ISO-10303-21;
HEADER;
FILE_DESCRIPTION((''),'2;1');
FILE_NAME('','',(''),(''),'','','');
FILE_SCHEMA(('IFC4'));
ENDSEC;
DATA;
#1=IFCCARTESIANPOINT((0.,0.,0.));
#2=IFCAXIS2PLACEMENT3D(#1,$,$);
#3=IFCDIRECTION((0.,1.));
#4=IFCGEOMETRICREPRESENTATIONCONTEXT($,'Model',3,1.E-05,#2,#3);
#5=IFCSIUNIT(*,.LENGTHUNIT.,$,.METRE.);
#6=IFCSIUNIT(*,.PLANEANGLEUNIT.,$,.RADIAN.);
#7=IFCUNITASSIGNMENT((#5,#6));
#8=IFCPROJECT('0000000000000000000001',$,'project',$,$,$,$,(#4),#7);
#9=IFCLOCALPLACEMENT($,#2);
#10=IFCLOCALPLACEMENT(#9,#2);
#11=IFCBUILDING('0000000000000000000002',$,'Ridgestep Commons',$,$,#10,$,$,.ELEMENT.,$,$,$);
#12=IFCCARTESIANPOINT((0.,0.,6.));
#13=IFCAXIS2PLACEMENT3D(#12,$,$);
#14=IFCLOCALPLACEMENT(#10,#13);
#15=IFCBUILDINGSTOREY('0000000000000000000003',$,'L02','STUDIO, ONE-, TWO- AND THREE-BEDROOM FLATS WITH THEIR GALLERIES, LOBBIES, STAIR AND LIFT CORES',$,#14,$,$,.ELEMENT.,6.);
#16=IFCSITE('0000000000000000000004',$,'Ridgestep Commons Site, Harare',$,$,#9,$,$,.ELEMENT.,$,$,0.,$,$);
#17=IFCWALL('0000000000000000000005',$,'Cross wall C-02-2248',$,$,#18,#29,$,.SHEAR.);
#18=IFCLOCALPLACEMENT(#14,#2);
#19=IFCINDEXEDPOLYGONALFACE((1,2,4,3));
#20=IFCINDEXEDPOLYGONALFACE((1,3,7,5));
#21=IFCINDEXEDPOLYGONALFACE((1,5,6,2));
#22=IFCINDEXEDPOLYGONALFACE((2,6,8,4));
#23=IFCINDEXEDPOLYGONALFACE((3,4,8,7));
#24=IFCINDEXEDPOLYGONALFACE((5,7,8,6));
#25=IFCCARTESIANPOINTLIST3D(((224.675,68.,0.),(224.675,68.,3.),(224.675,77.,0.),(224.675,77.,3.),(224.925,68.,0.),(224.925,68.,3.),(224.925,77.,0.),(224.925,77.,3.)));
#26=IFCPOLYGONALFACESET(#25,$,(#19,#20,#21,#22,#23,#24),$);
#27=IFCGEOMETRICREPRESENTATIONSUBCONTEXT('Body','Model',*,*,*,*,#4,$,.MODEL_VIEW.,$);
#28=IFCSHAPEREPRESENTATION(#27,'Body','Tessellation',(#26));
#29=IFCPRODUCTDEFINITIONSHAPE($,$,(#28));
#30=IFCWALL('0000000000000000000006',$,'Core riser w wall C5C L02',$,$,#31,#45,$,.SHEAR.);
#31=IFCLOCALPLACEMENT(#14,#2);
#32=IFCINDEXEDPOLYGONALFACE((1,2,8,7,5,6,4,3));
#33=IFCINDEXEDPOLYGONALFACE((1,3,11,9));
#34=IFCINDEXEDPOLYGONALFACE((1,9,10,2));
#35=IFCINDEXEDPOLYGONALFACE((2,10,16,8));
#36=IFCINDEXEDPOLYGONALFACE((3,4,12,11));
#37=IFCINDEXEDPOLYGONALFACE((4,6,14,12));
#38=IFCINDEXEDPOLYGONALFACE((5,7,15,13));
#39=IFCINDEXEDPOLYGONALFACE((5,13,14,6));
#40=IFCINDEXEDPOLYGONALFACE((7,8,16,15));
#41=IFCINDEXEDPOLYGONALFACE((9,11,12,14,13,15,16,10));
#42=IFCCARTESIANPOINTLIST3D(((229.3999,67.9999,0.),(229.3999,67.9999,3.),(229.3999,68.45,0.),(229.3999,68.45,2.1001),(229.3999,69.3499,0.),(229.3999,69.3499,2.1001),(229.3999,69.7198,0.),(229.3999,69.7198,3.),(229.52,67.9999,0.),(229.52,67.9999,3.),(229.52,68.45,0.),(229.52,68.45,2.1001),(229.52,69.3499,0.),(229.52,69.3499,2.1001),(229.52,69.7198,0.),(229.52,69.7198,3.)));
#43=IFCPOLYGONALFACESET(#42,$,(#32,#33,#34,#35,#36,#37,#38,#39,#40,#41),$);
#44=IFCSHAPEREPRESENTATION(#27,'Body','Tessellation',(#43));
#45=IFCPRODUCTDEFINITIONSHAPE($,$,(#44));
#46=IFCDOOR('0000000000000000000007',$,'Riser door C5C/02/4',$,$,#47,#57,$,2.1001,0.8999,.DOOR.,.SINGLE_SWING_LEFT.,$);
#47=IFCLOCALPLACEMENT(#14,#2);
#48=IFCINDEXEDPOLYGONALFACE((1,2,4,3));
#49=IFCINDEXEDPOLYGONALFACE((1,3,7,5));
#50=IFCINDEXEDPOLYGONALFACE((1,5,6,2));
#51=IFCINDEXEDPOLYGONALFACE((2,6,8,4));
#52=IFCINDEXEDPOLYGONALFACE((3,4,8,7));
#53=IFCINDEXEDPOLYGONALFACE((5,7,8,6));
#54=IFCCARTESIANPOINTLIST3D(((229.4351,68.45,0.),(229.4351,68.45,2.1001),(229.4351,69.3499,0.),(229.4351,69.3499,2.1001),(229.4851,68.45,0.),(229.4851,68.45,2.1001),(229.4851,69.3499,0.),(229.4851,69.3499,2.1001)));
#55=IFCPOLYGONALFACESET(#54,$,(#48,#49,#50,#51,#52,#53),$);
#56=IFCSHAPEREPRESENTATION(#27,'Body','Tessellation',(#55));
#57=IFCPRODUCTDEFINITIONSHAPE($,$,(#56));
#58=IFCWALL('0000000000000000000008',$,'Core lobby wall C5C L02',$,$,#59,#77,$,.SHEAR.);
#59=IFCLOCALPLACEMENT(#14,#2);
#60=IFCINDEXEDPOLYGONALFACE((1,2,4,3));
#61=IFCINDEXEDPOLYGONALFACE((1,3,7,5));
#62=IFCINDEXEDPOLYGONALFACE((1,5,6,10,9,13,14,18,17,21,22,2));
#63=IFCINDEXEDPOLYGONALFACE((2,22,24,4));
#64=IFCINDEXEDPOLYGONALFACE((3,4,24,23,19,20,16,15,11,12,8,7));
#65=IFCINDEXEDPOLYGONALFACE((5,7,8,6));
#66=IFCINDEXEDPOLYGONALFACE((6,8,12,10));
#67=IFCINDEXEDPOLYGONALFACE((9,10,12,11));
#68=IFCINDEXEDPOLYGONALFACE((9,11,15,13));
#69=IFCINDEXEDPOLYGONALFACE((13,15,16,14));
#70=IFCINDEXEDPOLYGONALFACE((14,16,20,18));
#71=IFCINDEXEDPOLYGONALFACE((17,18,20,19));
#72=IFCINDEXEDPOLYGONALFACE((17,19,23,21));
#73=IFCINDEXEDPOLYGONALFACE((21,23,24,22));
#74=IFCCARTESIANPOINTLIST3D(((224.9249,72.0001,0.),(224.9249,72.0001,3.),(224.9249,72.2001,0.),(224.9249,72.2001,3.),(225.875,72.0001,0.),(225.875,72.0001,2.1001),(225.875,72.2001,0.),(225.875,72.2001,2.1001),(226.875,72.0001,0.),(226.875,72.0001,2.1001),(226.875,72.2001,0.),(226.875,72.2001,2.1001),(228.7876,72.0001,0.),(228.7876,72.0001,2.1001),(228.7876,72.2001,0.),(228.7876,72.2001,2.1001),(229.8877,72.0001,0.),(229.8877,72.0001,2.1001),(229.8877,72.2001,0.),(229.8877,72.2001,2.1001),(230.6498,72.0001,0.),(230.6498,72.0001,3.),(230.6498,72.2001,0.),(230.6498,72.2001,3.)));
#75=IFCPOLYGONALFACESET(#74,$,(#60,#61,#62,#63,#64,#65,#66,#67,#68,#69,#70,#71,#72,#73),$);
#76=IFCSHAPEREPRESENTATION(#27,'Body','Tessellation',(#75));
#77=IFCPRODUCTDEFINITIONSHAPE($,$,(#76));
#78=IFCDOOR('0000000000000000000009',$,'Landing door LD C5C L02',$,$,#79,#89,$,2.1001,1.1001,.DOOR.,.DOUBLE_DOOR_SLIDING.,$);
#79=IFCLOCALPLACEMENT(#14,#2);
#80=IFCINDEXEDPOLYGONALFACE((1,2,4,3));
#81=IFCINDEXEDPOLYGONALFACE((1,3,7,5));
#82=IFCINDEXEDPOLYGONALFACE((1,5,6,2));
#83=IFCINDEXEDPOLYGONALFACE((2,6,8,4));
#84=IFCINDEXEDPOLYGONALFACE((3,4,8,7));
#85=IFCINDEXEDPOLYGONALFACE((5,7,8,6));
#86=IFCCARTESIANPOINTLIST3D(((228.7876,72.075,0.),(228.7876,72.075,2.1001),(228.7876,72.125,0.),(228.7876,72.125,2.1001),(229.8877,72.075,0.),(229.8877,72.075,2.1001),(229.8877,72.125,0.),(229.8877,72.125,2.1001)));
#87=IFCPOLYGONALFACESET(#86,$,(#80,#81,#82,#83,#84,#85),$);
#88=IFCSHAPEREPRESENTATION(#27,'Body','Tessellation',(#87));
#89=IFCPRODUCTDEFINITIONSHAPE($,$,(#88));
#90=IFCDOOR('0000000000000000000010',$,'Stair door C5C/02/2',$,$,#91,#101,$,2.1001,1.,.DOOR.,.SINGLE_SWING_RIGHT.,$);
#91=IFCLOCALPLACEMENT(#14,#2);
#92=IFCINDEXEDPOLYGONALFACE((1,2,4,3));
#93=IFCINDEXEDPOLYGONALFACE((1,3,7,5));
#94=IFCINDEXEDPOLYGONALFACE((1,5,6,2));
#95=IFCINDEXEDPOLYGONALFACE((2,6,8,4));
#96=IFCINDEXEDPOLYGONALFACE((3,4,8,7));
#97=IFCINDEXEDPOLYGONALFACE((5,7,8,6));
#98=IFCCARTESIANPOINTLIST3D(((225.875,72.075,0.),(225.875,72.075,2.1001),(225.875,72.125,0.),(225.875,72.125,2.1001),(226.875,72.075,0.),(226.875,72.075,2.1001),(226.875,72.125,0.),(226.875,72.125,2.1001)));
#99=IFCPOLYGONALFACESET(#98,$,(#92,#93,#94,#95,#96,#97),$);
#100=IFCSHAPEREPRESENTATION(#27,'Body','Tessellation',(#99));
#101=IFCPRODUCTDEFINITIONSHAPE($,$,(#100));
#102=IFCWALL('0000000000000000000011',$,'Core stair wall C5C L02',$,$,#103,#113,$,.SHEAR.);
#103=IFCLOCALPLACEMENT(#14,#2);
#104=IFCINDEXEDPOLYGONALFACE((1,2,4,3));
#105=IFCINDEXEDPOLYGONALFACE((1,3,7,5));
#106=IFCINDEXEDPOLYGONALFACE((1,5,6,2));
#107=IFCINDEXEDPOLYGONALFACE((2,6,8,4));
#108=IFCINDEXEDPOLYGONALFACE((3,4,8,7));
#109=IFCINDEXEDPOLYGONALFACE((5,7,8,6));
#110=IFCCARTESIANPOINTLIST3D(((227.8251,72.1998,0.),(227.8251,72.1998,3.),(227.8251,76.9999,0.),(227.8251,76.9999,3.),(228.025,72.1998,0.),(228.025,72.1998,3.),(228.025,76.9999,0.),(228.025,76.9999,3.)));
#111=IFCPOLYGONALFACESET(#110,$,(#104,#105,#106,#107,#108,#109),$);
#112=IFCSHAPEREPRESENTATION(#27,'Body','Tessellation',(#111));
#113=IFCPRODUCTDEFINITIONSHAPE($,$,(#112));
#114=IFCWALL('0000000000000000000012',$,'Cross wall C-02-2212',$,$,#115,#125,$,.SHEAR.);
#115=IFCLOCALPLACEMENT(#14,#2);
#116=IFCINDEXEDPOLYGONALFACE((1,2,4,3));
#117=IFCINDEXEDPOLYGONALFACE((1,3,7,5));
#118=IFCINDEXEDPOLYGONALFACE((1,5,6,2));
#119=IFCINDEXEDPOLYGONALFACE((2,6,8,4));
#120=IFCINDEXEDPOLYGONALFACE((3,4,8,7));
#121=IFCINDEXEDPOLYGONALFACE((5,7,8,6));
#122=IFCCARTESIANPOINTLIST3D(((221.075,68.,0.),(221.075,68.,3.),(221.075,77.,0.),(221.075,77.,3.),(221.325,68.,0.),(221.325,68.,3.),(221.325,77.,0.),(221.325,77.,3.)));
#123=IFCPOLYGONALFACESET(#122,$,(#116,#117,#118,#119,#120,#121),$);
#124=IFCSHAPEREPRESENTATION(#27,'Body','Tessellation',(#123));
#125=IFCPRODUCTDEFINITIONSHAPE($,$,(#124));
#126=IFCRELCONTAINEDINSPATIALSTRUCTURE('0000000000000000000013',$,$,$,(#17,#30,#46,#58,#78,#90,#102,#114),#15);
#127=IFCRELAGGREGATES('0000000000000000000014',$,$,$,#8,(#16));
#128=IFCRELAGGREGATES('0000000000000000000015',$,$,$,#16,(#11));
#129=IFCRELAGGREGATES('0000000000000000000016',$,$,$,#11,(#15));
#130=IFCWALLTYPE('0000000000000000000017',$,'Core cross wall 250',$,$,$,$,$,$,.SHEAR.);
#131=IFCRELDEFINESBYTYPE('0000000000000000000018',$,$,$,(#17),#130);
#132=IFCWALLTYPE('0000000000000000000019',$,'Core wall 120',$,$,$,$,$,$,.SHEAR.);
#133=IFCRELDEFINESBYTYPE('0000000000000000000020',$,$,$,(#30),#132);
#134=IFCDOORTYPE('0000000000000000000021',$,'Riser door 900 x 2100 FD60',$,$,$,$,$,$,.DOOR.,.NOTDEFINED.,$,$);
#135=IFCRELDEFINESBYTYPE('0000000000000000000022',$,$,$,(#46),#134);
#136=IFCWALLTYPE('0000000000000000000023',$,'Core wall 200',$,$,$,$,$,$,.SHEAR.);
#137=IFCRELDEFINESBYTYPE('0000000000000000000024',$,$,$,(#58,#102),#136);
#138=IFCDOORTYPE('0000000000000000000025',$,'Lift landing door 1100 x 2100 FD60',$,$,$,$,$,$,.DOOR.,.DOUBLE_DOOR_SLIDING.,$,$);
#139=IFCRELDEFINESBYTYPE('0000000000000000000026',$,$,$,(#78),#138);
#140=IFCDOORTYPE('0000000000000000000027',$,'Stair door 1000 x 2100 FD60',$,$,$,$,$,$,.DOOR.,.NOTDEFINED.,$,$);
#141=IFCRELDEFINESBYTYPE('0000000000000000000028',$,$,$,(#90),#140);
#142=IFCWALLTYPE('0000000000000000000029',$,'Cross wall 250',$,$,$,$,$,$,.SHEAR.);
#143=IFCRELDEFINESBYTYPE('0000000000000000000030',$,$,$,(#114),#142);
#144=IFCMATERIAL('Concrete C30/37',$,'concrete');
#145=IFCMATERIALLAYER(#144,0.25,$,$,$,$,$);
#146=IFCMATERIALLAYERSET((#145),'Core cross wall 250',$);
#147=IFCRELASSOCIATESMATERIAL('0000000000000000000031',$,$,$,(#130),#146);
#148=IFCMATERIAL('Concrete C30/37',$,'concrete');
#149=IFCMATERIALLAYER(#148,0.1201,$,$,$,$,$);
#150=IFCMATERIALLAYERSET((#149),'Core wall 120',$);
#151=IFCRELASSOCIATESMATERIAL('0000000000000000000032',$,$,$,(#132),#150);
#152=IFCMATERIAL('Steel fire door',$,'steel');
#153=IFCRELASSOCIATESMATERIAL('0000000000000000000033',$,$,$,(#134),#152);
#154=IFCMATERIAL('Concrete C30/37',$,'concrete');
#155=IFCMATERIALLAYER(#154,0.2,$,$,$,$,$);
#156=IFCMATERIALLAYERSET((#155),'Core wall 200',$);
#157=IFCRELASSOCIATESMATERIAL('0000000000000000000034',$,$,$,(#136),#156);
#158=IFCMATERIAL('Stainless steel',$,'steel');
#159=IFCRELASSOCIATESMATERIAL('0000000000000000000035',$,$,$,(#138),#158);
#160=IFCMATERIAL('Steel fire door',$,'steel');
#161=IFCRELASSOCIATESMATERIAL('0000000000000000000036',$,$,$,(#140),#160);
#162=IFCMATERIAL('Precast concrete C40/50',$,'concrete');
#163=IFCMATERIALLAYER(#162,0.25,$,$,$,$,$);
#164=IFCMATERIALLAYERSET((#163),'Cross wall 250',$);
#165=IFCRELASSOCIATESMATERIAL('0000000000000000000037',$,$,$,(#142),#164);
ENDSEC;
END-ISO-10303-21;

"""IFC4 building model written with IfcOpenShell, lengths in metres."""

from ifc_helpers import new_model, si_unit, direction, frame, frame_2d, origin, place, context, subcontext, project, spatial, rectangle, extrude, material, layer, layer_set, type_object, element, fill, save


model = new_model("IFC4")

# Units and contexts
model_context = context("Model", 3, precision=1e-05, world=origin(), true_north=direction((0.0, 1.0)))
body_context = subcontext(model_context, "Body", "Model", "MODEL_VIEW")
ifc_project = project(units=[si_unit("LENGTHUNIT", "METRE"), si_unit("PLANEANGLEUNIT", "RADIAN")], contexts=[model_context])

# Site, building, storey
site_placement = place(None, origin())
site = spatial("IfcSite", under=ifc_project, at=site_placement, Name="Ridgestep Commons Site, Harare", CompositionType="ELEMENT", RefElevation=0.0)
building_placement = place(site_placement, origin())
building = spatial("IfcBuilding", under=site, at=building_placement, Name="Ridgestep Commons", CompositionType="ELEMENT")
storey_placement = place(building_placement, frame((0.0, 0.0, 6.0)))
storey = spatial("IfcBuildingStorey", under=building, at=storey_placement, Name="L02", Description="STUDIO, ONE-, TWO- AND THREE-BEDROOM FLATS WITH THEIR GALLERIES, LOBBIES, STAIR AND LIFT CORES", CompositionType="ELEMENT", Elevation=6.0)

# Wall
ifc_material_1 = material(Name="Concrete C30/37", Category="concrete")
ifc_layer_1 = layer(ifc_material_1, 0.25)
ifc_layer_set_1 = layer_set([ifc_layer_1], Name="Core cross wall 250")
wall_type_1 = type_object("IfcWallType", Name="Core cross wall 250", PredefinedType="SHEAR", material=ifc_layer_set_1)
wall_1_placement = place(storey_placement, frame((224.8, 68.0, 0.0), z_axis=(0.0, 0.0, 1.0), x_axis=(0.0, 1.0, 0.0)))
element("IfcWall", 1, at=wall_1_placement, inside=storey, type_object=wall_type_1, Name="Cross wall C-02-2248", PredefinedType="SHEAR", context=body_context, shape_type="SweptSolid", body=[
    extrude(rectangle(XDim=9.0, YDim=0.25, at=frame_2d((4.5, 0.0))), origin(), (0.0, 0.0, 1.0), 3.0),
])

# Wall, opening, door
ifc_material_2 = material(Name="Concrete C30/37", Category="concrete")
ifc_layer_2 = layer(ifc_material_2, 0.1201)
ifc_layer_set_2 = layer_set([ifc_layer_2], Name="Core wall 120")
wall_type_2 = type_object("IfcWallType", Name="Core wall 120", PredefinedType="SHEAR", material=ifc_layer_set_2)
wall_2_placement = place(storey_placement, frame((229.46, 68.0, 0.0), z_axis=(0.0, 0.0, 1.0), x_axis=(0.0, 1.0, 0.0)))
wall_2 = element("IfcWall", 2, at=wall_2_placement, inside=storey, type_object=wall_type_2, Name="Core riser w wall C5C L02", PredefinedType="SHEAR", context=body_context, shape_type="SweptSolid", body=[
    extrude(rectangle(XDim=1.72, YDim=0.1201, at=frame_2d((0.8599, 0.0))), origin(), (0.0, 0.0, 1.0), 3.0),
])
opening_1_placement = place(wall_2_placement, frame((0.45, 0.0, 0.0)))
opening_1 = element("IfcOpeningElement", 3, at=opening_1_placement, cuts=wall_2, PredefinedType="OPENING", context=body_context, shape_type="SweptSolid", body=[
    extrude(rectangle(XDim=0.8999, YDim=2.1001, at=frame_2d((0.45, 1.05))), frame((0.0, 0.0701, 0.0), z_axis=(0.0, -1.0, 0.0), x_axis=(1.0, 0.0, 0.0)), (0.0, 0.0, 1.0), 0.1401),
])
ifc_material_3 = material(Name="Steel fire door", Category="steel")
door_type_1 = type_object("IfcDoorType", Name="Riser door 900 x 2100 FD60", OperationType="NOTDEFINED", PredefinedType="DOOR", material=ifc_material_3)
door_1_placement = place(opening_1_placement, origin())
door_1 = element("IfcDoor", 4, at=door_1_placement, inside=storey, type_object=door_type_1, Name="Riser door C5C/02/4", OperationType="SINGLE_SWING_LEFT", OverallHeight=2.1001, OverallWidth=0.8999, PredefinedType="DOOR", context=body_context, shape_type="SweptSolid", body=[
    extrude(rectangle(XDim=0.8999, YDim=2.1001, at=frame_2d((0.45, 1.05))), frame((0.0, 0.0249, 0.0), z_axis=(0.0, -1.0, 0.0), x_axis=(1.0, 0.0, 0.0)), (0.0, 0.0, 1.0), 0.05),
])
fill(opening_1, door_1)

# Wall, openings, doors
ifc_material_4 = material(Name="Concrete C30/37", Category="concrete")
ifc_layer_3 = layer(ifc_material_4, 0.2)
ifc_layer_set_3 = layer_set([ifc_layer_3], Name="Core wall 200")
wall_type_3 = type_object("IfcWallType", Name="Core wall 200", PredefinedType="SHEAR", material=ifc_layer_set_3)
wall_3_placement = place(storey_placement, frame((224.925, 72.1001, 0.0), z_axis=(0.0, 0.0, 1.0), x_axis=(1.0, 0.0, 0.0)))
wall_3 = element("IfcWall", 5, at=wall_3_placement, inside=storey, type_object=wall_type_3, Name="Core lobby wall C5C L02", PredefinedType="SHEAR", context=body_context, shape_type="SweptSolid", body=[
    extrude(rectangle(XDim=5.7249, YDim=0.2, at=frame_2d((2.8623, 0.0))), origin(), (0.0, 0.0, 1.0), 3.0),
])
opening_2_placement = place(wall_3_placement, frame((0.95, 0.0, 0.0)))
opening_2 = element("IfcOpeningElement", 6, at=opening_2_placement, cuts=wall_3, PredefinedType="OPENING", context=body_context, shape_type="SweptSolid", body=[
    extrude(rectangle(XDim=1.0, YDim=2.1001, at=frame_2d((0.5, 1.05))), frame((0.0, 0.1099, 0.0), z_axis=(0.0, -1.0, 0.0), x_axis=(1.0, 0.0, 0.0)), (0.0, 0.0, 1.0), 0.22),
])
opening_3_placement = place(wall_3_placement, frame((3.8625, 0.0, 0.0)))
opening_3 = element("IfcOpeningElement", 7, at=opening_3_placement, cuts=wall_3, PredefinedType="OPENING", context=body_context, shape_type="SweptSolid", body=[
    extrude(rectangle(XDim=1.1001, YDim=2.1001, at=frame_2d((0.55, 1.05))), frame((0.0, 0.1099, 0.0), z_axis=(0.0, -1.0, 0.0), x_axis=(1.0, 0.0, 0.0)), (0.0, 0.0, 1.0), 0.22),
])
ifc_material_5 = material(Name="Stainless steel", Category="steel")
door_type_2 = type_object("IfcDoorType", Name="Lift landing door 1100 x 2100 FD60", OperationType="DOUBLE_DOOR_SLIDING", PredefinedType="DOOR", material=ifc_material_5)
door_2_placement = place(opening_3_placement, origin())
door_2 = element("IfcDoor", 8, at=door_2_placement, inside=storey, type_object=door_type_2, Name="Landing door LD C5C L02", OperationType="DOUBLE_DOOR_SLIDING", OverallHeight=2.1001, OverallWidth=1.1001, PredefinedType="DOOR", context=body_context, shape_type="SweptSolid", body=[
    extrude(rectangle(XDim=1.1001, YDim=2.1001, at=frame_2d((0.55, 1.05))), frame((0.0, 0.0249, 0.0), z_axis=(0.0, -1.0, 0.0), x_axis=(1.0, 0.0, 0.0)), (0.0, 0.0, 1.0), 0.05),
])
fill(opening_3, door_2)
ifc_material_6 = material(Name="Steel fire door", Category="steel")
door_type_3 = type_object("IfcDoorType", Name="Stair door 1000 x 2100 FD60", OperationType="NOTDEFINED", PredefinedType="DOOR", material=ifc_material_6)
door_3_placement = place(opening_2_placement, origin())
door_3 = element("IfcDoor", 9, at=door_3_placement, inside=storey, type_object=door_type_3, Name="Stair door C5C/02/2", OperationType="SINGLE_SWING_RIGHT", OverallHeight=2.1001, OverallWidth=1.0, PredefinedType="DOOR", context=body_context, shape_type="SweptSolid", body=[
    extrude(rectangle(XDim=1.0, YDim=2.1001, at=frame_2d((0.5, 1.05))), frame((0.0, 0.0249, 0.0), z_axis=(0.0, -1.0, 0.0), x_axis=(1.0, 0.0, 0.0)), (0.0, 0.0, 1.0), 0.05),
])
fill(opening_2, door_3)

# Walls
wall_4_placement = place(storey_placement, frame((227.925, 72.2, 0.0), z_axis=(0.0, 0.0, 1.0), x_axis=(0.0, 1.0, 0.0)))
element("IfcWall", 10, at=wall_4_placement, inside=storey, type_object=wall_type_3, Name="Core stair wall C5C L02", PredefinedType="SHEAR", context=body_context, shape_type="SweptSolid", body=[
    extrude(rectangle(XDim=4.8, YDim=0.2, at=frame_2d((2.3999, 0.0))), origin(), (0.0, 0.0, 1.0), 3.0),
])
ifc_material_7 = material(Name="Precast concrete C40/50", Category="concrete")
ifc_layer_4 = layer(ifc_material_7, 0.25)
ifc_layer_set_4 = layer_set([ifc_layer_4], Name="Cross wall 250")
wall_type_4 = type_object("IfcWallType", Name="Cross wall 250", PredefinedType="SHEAR", material=ifc_layer_set_4)
wall_5_placement = place(storey_placement, frame((221.2, 68.0, 0.0), z_axis=(0.0, 0.0, 1.0), x_axis=(0.0, 1.0, 0.0)))
element("IfcWall", 11, at=wall_5_placement, inside=storey, type_object=wall_type_4, Name="Cross wall C-02-2212", PredefinedType="SHEAR", context=body_context, shape_type="SweptSolid", body=[
    extrude(rectangle(XDim=9.0, YDim=0.25, at=frame_2d((4.5, 0.0))), origin(), (0.0, 0.0, 1.0), 3.0),
])

save(model, "model.ifc")
